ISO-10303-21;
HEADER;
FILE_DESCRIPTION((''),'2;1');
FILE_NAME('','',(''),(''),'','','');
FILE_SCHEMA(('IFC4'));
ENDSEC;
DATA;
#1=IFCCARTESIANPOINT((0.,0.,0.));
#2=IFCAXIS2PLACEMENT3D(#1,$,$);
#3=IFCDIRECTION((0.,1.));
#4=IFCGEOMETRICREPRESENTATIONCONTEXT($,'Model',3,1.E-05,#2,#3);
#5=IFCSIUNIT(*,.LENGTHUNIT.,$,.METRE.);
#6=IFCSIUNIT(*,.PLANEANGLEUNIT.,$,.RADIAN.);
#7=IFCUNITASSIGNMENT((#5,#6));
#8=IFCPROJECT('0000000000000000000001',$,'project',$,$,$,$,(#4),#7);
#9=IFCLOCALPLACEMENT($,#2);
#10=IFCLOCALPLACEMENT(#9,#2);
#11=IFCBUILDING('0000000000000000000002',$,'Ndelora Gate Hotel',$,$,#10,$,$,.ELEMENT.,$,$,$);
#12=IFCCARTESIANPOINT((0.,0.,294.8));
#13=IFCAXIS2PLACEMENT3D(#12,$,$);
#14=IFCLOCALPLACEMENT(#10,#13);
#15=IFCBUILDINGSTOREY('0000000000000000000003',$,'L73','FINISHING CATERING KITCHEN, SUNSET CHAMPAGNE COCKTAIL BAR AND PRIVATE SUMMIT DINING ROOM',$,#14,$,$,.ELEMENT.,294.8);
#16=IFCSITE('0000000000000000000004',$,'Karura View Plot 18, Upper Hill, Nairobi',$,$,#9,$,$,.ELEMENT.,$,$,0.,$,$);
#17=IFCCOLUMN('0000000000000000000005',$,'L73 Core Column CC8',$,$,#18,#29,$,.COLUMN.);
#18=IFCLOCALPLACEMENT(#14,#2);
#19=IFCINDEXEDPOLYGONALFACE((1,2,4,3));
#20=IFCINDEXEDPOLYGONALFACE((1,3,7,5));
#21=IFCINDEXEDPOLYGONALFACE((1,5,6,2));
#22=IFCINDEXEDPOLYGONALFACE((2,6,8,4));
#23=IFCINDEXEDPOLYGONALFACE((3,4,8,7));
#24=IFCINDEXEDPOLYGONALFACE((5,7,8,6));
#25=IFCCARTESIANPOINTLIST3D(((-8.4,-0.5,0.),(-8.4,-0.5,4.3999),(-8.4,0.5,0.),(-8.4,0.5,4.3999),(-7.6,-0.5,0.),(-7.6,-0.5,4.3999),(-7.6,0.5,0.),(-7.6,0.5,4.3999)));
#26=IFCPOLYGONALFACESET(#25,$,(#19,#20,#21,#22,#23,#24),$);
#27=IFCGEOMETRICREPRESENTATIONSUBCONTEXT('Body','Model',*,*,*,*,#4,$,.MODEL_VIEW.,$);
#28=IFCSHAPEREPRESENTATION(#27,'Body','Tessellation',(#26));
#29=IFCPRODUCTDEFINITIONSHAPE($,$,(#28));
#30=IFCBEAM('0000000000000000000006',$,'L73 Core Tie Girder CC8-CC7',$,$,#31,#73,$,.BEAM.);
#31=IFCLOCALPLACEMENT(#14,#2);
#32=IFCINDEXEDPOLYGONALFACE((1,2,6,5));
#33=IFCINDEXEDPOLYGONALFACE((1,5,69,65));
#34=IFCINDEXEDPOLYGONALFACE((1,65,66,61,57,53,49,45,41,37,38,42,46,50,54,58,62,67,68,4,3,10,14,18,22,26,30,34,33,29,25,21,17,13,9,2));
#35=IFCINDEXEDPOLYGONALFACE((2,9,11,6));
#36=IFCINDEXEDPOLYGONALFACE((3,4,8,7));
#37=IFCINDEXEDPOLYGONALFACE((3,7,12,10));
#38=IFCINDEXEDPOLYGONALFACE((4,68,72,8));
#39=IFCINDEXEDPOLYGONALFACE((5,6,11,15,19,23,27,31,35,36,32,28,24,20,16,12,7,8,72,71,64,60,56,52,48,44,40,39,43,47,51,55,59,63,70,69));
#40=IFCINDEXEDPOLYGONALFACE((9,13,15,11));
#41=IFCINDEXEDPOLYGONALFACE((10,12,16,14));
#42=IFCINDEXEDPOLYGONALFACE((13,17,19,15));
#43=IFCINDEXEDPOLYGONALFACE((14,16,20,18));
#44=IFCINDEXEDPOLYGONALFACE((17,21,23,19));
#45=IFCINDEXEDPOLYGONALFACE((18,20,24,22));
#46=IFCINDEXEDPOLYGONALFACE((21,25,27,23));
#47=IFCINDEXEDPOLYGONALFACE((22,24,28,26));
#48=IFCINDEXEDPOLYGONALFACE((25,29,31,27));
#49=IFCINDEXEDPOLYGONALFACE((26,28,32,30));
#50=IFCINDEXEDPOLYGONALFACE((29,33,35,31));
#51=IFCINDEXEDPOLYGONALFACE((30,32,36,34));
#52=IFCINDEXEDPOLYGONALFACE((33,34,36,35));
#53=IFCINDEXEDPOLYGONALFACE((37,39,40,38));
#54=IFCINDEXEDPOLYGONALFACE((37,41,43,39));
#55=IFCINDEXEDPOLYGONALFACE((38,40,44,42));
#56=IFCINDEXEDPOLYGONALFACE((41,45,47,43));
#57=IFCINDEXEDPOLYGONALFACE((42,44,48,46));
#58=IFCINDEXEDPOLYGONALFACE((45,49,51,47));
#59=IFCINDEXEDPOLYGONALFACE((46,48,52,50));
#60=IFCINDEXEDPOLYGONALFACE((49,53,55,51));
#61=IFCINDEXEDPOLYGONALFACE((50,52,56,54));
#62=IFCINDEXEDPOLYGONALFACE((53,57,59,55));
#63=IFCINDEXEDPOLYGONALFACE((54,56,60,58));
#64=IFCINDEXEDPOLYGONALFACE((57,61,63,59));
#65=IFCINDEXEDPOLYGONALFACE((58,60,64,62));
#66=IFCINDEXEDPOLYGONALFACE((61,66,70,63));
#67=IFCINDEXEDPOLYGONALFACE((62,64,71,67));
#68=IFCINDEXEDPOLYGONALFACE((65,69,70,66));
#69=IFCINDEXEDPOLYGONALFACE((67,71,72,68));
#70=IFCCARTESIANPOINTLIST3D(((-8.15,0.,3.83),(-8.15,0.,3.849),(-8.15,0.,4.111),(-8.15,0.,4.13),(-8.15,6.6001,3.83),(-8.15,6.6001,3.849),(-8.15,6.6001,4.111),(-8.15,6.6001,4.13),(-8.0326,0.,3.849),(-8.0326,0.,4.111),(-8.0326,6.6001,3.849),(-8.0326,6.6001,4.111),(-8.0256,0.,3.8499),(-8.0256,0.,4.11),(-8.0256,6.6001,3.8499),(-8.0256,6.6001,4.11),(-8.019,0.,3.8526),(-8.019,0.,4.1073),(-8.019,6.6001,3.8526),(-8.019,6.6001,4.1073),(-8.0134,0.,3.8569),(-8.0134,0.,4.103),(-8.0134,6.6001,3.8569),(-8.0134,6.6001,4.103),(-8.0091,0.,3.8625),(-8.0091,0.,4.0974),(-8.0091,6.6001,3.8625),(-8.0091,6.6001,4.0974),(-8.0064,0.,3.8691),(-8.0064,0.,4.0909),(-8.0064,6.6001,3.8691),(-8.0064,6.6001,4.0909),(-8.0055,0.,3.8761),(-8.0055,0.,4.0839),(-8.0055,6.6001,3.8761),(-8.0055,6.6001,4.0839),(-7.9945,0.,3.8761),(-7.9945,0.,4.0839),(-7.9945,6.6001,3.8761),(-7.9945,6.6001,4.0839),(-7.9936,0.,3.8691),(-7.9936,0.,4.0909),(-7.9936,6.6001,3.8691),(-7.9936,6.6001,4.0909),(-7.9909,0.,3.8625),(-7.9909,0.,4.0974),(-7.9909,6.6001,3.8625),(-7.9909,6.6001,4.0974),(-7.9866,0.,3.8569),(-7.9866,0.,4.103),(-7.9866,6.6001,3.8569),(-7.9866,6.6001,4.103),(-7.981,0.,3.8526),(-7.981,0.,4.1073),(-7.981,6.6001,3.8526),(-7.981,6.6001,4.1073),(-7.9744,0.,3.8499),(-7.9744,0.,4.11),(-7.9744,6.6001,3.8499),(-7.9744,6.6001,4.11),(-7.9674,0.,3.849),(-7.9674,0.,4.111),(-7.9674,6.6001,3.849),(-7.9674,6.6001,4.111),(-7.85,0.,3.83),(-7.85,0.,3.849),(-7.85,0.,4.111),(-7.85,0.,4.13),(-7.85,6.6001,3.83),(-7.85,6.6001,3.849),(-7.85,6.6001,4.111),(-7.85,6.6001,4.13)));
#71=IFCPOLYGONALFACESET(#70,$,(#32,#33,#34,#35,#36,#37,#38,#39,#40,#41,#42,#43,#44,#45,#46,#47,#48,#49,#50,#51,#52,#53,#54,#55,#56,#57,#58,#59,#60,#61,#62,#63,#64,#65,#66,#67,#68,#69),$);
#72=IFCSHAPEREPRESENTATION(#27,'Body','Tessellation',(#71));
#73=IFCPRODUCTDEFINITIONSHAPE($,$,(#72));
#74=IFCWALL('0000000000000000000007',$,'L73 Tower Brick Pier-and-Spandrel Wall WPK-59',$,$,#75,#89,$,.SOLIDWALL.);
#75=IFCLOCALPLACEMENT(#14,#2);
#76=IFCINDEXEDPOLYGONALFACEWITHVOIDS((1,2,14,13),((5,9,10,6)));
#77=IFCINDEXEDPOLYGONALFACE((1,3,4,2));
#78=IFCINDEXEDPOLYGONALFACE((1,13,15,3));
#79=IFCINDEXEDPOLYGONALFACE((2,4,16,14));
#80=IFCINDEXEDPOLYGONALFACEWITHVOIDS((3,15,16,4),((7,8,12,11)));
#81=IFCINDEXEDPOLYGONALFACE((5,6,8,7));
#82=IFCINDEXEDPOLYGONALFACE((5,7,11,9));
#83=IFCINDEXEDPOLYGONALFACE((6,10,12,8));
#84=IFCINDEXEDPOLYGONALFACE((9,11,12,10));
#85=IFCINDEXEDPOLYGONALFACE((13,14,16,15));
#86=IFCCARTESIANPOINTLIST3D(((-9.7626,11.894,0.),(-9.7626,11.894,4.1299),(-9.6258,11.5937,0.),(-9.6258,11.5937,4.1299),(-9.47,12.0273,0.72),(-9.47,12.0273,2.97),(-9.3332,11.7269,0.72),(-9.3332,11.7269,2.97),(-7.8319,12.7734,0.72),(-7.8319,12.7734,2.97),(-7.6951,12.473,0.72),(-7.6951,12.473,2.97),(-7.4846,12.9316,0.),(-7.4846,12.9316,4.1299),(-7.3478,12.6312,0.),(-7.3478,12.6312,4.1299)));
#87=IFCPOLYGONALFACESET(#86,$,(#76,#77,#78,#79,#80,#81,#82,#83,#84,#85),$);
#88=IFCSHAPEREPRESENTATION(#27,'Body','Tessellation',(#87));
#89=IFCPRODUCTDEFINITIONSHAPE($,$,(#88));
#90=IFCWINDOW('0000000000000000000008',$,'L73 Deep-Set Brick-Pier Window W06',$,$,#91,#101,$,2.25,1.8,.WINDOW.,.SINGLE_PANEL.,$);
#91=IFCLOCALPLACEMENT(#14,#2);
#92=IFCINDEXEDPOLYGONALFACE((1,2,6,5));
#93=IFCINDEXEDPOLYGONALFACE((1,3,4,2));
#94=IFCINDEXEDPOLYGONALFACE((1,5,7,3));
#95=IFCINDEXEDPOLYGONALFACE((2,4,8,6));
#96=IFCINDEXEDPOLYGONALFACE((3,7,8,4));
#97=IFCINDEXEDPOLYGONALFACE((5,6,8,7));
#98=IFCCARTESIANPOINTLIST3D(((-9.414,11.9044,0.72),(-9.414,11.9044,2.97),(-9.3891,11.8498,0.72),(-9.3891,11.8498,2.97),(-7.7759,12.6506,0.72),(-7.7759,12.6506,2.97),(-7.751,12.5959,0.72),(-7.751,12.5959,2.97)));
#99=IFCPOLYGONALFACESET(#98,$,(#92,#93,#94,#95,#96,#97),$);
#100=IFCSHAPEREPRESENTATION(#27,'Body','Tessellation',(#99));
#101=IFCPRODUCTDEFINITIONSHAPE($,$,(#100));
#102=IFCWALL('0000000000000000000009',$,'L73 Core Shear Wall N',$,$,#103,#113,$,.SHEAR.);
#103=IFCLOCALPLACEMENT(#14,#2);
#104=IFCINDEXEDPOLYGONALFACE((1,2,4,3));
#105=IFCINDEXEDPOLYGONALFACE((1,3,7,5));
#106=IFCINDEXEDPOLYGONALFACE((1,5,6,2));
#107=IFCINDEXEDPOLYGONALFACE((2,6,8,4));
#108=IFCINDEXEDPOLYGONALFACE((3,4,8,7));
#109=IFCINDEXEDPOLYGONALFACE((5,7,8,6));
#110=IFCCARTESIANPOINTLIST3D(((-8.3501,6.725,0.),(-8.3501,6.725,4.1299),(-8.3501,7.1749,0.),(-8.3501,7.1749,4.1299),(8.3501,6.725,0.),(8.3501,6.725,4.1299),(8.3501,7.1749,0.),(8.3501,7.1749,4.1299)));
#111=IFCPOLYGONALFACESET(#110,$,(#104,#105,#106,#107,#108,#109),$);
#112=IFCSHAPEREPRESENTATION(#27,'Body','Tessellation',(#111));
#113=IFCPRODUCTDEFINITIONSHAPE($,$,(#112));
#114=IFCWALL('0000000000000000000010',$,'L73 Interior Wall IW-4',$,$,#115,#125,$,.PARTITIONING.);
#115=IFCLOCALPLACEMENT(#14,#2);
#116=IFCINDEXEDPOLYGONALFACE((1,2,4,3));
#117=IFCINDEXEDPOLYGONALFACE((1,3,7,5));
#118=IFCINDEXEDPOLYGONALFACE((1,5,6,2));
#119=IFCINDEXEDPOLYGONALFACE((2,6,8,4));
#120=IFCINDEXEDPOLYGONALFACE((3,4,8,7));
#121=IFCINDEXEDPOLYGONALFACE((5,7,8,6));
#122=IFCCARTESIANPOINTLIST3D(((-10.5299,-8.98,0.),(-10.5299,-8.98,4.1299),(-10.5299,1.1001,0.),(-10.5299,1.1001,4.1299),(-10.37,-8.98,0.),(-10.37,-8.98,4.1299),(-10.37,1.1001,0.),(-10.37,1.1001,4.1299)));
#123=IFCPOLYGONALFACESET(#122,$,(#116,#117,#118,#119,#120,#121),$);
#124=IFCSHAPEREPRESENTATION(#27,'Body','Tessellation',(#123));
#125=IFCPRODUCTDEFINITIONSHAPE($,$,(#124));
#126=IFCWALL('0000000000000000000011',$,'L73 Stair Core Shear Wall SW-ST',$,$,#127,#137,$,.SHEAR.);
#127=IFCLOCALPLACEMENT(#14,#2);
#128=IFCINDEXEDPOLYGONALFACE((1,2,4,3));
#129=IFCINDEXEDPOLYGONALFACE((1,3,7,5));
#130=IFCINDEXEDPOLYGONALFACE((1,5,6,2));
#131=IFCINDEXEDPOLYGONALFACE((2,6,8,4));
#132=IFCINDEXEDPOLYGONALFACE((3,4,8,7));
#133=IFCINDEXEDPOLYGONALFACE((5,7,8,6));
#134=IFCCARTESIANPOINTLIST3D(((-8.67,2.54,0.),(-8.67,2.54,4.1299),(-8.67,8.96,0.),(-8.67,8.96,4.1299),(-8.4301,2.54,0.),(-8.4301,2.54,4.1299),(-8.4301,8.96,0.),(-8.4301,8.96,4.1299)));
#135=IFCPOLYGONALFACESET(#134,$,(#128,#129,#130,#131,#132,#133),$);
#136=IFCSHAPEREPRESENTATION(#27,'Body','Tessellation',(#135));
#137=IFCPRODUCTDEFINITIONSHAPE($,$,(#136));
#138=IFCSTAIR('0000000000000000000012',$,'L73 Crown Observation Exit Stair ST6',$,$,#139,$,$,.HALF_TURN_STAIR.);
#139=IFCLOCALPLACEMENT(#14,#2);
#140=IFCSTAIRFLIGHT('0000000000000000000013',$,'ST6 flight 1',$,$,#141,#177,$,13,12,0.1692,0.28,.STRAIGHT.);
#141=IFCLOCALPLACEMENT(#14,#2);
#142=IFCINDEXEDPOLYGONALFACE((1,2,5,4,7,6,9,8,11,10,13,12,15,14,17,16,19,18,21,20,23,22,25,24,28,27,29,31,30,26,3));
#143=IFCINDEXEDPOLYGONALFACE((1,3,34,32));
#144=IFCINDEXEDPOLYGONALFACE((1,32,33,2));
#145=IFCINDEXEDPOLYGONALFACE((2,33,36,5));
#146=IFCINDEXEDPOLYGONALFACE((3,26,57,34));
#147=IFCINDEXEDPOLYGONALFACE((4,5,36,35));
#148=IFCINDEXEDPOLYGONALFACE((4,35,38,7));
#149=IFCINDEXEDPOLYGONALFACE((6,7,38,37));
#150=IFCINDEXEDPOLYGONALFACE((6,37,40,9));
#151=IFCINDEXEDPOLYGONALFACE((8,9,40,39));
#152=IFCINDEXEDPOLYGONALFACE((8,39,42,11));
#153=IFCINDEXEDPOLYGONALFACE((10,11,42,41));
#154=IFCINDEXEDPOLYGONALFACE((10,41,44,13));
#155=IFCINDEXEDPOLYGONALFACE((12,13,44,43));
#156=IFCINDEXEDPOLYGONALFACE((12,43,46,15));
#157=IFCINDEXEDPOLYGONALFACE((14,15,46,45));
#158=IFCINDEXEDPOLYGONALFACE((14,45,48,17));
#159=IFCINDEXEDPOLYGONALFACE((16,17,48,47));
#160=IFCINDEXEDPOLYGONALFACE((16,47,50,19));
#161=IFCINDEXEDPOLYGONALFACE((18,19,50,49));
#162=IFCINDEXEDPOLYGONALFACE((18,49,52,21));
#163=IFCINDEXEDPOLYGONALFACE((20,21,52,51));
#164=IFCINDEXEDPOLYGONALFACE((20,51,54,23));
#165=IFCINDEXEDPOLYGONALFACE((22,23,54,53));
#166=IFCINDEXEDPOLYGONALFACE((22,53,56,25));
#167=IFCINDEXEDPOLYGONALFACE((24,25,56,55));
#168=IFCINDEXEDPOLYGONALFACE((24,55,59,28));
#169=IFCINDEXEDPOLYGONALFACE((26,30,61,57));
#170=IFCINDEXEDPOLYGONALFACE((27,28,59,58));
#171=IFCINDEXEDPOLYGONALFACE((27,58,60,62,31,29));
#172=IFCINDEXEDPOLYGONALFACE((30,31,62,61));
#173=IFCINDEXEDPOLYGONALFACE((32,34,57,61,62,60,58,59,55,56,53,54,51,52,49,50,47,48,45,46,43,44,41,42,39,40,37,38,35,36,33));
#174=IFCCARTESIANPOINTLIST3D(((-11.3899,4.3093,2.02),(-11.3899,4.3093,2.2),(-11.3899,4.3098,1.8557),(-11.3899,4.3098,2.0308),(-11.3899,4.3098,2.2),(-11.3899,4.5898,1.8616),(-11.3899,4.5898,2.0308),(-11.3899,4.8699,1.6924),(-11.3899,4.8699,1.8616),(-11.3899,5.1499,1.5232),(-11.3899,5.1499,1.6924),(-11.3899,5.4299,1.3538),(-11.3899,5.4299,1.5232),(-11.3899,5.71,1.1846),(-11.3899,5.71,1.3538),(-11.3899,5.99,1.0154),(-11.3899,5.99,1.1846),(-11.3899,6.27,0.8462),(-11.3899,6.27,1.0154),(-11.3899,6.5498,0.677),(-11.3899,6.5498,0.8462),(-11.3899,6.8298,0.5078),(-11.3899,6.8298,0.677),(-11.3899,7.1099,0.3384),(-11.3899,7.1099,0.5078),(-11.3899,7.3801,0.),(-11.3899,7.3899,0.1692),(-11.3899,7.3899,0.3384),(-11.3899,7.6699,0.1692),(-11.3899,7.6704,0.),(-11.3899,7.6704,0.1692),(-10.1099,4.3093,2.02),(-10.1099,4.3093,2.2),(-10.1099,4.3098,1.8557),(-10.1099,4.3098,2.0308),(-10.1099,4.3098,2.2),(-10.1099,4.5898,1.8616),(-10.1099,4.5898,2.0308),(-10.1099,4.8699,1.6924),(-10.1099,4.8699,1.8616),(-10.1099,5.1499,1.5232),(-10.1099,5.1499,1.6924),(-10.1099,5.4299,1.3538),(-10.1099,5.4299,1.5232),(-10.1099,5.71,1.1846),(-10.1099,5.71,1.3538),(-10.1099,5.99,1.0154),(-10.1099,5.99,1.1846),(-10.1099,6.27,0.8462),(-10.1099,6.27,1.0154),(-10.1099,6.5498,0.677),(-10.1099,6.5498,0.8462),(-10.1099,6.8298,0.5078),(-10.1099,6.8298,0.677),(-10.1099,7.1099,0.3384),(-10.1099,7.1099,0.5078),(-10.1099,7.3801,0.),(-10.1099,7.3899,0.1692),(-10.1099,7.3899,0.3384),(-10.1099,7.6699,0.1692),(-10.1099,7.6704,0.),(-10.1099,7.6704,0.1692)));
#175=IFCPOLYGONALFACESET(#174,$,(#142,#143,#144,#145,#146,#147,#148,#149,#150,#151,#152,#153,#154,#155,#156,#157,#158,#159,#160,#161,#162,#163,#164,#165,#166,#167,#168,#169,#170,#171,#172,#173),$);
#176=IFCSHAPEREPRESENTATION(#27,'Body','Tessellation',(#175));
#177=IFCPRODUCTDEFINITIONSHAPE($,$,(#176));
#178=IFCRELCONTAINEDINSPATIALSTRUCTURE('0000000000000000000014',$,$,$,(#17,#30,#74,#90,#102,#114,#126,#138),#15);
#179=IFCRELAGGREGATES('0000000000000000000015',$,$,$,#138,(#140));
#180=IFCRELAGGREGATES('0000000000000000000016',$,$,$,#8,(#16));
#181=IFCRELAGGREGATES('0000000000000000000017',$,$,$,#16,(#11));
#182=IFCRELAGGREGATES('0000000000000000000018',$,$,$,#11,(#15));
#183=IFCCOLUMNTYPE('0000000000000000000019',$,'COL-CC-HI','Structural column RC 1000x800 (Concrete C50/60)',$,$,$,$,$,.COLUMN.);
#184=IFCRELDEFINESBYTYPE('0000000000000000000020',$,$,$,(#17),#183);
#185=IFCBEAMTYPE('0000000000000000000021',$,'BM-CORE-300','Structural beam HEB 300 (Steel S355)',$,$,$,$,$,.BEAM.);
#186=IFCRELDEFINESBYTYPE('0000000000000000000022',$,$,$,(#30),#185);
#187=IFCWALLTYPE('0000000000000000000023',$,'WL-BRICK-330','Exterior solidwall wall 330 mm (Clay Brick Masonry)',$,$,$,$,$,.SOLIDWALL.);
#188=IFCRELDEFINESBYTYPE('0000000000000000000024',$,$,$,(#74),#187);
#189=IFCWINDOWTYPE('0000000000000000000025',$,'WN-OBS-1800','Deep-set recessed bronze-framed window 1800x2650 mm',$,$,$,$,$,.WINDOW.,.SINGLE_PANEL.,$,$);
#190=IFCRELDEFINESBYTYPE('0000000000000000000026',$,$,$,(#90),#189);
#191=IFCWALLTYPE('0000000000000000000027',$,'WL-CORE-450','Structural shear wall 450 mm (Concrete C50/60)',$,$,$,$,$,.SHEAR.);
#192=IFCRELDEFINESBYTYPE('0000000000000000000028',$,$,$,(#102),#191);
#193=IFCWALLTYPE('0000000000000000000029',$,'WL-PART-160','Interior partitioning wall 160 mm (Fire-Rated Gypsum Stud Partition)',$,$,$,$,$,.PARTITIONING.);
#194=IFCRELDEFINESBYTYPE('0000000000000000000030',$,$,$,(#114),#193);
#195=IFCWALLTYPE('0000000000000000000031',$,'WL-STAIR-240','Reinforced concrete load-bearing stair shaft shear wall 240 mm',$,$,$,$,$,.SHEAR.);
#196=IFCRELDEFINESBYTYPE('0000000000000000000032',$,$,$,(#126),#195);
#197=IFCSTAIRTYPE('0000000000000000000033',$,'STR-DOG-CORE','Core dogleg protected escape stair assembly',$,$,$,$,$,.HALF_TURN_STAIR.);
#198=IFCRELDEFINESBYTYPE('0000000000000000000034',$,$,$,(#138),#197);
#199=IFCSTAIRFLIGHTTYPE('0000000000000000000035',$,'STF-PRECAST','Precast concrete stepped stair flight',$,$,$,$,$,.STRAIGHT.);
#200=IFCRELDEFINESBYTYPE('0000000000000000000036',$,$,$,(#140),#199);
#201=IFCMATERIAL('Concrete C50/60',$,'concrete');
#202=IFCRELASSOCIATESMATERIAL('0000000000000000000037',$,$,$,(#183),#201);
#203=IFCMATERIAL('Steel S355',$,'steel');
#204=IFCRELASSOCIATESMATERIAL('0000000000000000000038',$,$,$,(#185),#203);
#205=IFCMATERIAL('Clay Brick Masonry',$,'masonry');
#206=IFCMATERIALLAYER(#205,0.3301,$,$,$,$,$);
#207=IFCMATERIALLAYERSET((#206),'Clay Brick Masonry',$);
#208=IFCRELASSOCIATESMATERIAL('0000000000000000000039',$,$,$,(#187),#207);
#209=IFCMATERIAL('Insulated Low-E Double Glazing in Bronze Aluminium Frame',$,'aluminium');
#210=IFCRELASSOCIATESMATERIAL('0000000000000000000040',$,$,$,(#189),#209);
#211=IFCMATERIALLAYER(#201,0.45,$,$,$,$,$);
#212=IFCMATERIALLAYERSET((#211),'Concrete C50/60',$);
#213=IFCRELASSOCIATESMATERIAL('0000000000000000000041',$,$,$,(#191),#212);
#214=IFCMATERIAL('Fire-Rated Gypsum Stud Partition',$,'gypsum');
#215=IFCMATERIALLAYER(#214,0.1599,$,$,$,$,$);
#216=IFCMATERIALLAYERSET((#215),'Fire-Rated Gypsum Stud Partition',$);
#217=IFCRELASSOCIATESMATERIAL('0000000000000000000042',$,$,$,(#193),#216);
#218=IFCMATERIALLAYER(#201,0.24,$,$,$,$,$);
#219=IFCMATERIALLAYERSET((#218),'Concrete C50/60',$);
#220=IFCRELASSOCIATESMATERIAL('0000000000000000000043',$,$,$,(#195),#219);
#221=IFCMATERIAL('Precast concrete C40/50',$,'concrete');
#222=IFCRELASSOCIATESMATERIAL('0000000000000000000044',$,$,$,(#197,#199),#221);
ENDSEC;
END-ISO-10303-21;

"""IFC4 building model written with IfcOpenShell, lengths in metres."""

from ifc_helpers import new_model, si_unit, direction, frame, frame_2d, origin, origin_2d, place, context, subcontext, project, spatial, polyline, rectangle, i_section, outline, extrude, material, layer, layer_set, material_profile, profile_set, type_object, element, fill, aggregate, save


model = new_model("IFC4")

# Units and contexts
model_context = context("Model", 3, precision=1e-05, world=origin(), true_north=direction((0.0, 1.0)))
body_context = subcontext(model_context, "Body", "Model", "MODEL_VIEW")
ifc_project = project(units=[si_unit("LENGTHUNIT", "METRE"), si_unit("PLANEANGLEUNIT", "RADIAN")], contexts=[model_context])

# Site, building, storey
site_placement = place(None, origin())
site = spatial("IfcSite", under=ifc_project, at=site_placement, Name="Karura View Plot 18, Upper Hill, Nairobi", CompositionType="ELEMENT", RefElevation=0.0)
building_placement = place(site_placement, origin())
building = spatial("IfcBuilding", under=site, at=building_placement, Name="Ndelora Gate Hotel", CompositionType="ELEMENT")
storey_placement = place(building_placement, frame((0.0, 0.0, 294.8)))
storey = spatial("IfcBuildingStorey", under=building, at=storey_placement, Name="L73", Description="FINISHING CATERING KITCHEN, SUNSET CHAMPAGNE COCKTAIL BAR AND PRIVATE SUMMIT DINING ROOM", CompositionType="ELEMENT", Elevation=294.8)

# Column
ifc_material_1 = material(Name="Concrete C50/60", Category="concrete")
ifc_material_profile_1 = material_profile(ifc_material_1, rectangle(XDim=0.8, YDim=1.0, at=origin_2d()), Name="RC 1000x800")
ifc_profile_set_1 = profile_set([ifc_material_profile_1], Name="Concrete C50/60")
column_type = type_object("IfcColumnType", Name="COL-CC-HI", Description="Structural column RC 1000x800 (Concrete C50/60)", PredefinedType="COLUMN", material=ifc_profile_set_1)
column_placement = place(storey_placement, frame((-8.0, 0.0, 0.0), z_axis=(0.0, 0.0, 1.0), x_axis=(1.0, 0.0, 0.0)))
element("IfcColumn", 1, at=column_placement, inside=storey, type_object=column_type, Name="L73 Core Column CC8", PredefinedType="COLUMN", context=body_context, shape_type="SweptSolid", body=[
    extrude(rectangle(XDim=0.8, YDim=1.0, at=origin_2d()), origin(), (0.0, 0.0, 1.0), 4.3999),
])

# Beam
ifc_material_2 = material(Name="Steel S355", Category="steel")
ifc_material_profile_2 = material_profile(ifc_material_2, i_section(OverallWidth=0.3, OverallDepth=0.3, WebThickness=0.011, FlangeThickness=0.019, FilletRadius=0.0271, at=origin_2d()), Name="HEB 300")
ifc_profile_set_2 = profile_set([ifc_material_profile_2], Name="Steel S355")
beam_type = type_object("IfcBeamType", Name="BM-CORE-300", Description="Structural beam HEB 300 (Steel S355)", PredefinedType="BEAM", material=ifc_profile_set_2)
beam_placement = place(storey_placement, frame((-8.0, 0.0, 3.98), z_axis=(0.0, 1.0, 0.0), x_axis=(-1.0, 0.0, 0.0)))
element("IfcBeam", 2, at=beam_placement, inside=storey, type_object=beam_type, Name="L73 Core Tie Girder CC8-CC7", PredefinedType="BEAM", context=body_context, shape_type="SweptSolid", body=[
    extrude(i_section(OverallWidth=0.3, OverallDepth=0.3, WebThickness=0.011, FlangeThickness=0.019, FilletRadius=0.0271, at=origin_2d()), origin(), (0.0, 0.0, 1.0), 6.6001),
])

# Wall, opening, window
ifc_material_3 = material(Name="Clay Brick Masonry", Category="masonry")
ifc_layer_1 = layer(ifc_material_3, 0.3301)
ifc_layer_set_1 = layer_set([ifc_layer_1], Name="Clay Brick Masonry")
wall_type_1 = type_object("IfcWallType", Name="WL-BRICK-330", Description="Exterior solidwall wall 330 mm (Clay Brick Masonry)", PredefinedType="SOLIDWALL", material=ifc_layer_set_1)
wall_1_placement = place(storey_placement, frame((-9.6941, 11.7439, 0.0), z_axis=(0.0, 0.0, 1.0), x_axis=(0.910049, 0.414501, 0.0)))
wall_1 = element("IfcWall", 3, at=wall_1_placement, inside=storey, type_object=wall_type_1, Name="L73 Tower Brick Pier-and-Spandrel Wall WPK-59", PredefinedType="SOLIDWALL", context=body_context, shape_type="SweptSolid", body=[
    extrude(rectangle(XDim=2.5032, YDim=0.3301, at=frame_2d((1.2515, 0.0))), origin(), (0.0, 0.0, 1.0), 4.1299),
])
opening_1_placement = place(wall_1_placement, frame((0.3215, 0.0, 0.72)))
opening_1 = element("IfcOpeningElement", 4, at=opening_1_placement, cuts=wall_1, PredefinedType="OPENING", context=body_context, shape_type="SweptSolid", body=[
    extrude(rectangle(XDim=1.8, YDim=2.25, at=frame_2d((0.8999, 1.125))), frame((0.0, 0.175, 0.0), z_axis=(0.0, -1.0, 0.0), x_axis=(1.0, 0.0, 0.0)), (0.0, 0.0, 1.0), 0.3501),
])
ifc_material_4 = material(Name="Insulated Low-E Double Glazing in Bronze Aluminium Frame", Category="aluminium")
window_type = type_object("IfcWindowType", Name="WN-OBS-1800", Description="Deep-set recessed bronze-framed window 1800x2650 mm", PartitioningType="SINGLE_PANEL", PredefinedType="WINDOW", material=ifc_material_4)
window_placement = place(opening_1_placement, origin())
window = element("IfcWindow", 5, at=window_placement, inside=storey, type_object=window_type, Name="L73 Deep-Set Brick-Pier Window W06", OverallHeight=2.25, OverallWidth=1.8, PartitioningType="SINGLE_PANEL", PredefinedType="WINDOW", context=body_context, shape_type="SweptSolid", body=[
    extrude(rectangle(XDim=1.8, YDim=2.25, at=frame_2d((0.8999, 1.125))), frame((0.0, 0.03, 0.0), z_axis=(0.0, -1.0, 0.0), x_axis=(1.0, 0.0, 0.0)), (0.0, 0.0, 1.0), 0.0601),
])
fill(opening_1, window)

# Wall
ifc_layer_2 = layer(ifc_material_1, 0.45)
ifc_layer_set_2 = layer_set([ifc_layer_2], Name="Concrete C50/60")
wall_type_2 = type_object("IfcWallType", Name="WL-CORE-450", Description="Structural shear wall 450 mm (Concrete C50/60)", PredefinedType="SHEAR", material=ifc_layer_set_2)
wall_2_placement = place(storey_placement, frame((-8.3501, 6.95, 0.0), z_axis=(0.0, 0.0, 1.0), x_axis=(1.0, 0.0, 0.0)))
element("IfcWall", 6, at=wall_2_placement, inside=storey, type_object=wall_type_2, Name="L73 Core Shear Wall N", PredefinedType="SHEAR", context=body_context, shape_type="SweptSolid", body=[
    extrude(rectangle(XDim=16.7002, YDim=0.45, at=frame_2d((8.3501, 0.0))), origin(), (0.0, 0.0, 1.0), 4.1299),
])

# Walls
ifc_material_5 = material(Name="Fire-Rated Gypsum Stud Partition", Category="gypsum")
ifc_layer_3 = layer(ifc_material_5, 0.1599)
ifc_layer_set_3 = layer_set([ifc_layer_3], Name="Fire-Rated Gypsum Stud Partition")
wall_type_3 = type_object("IfcWallType", Name="WL-PART-160", Description="Interior partitioning wall 160 mm (Fire-Rated Gypsum Stud Partition)", PredefinedType="PARTITIONING", material=ifc_layer_set_3)
wall_3_placement = place(storey_placement, frame((-10.45, 1.1001, 0.0), z_axis=(0.0, 0.0, 1.0), x_axis=(0.0, -1.0, 0.0)))
element("IfcWall", 7, at=wall_3_placement, inside=storey, type_object=wall_type_3, Name="L73 Interior Wall IW-4", PredefinedType="PARTITIONING", context=body_context, shape_type="SweptSolid", body=[
    extrude(rectangle(XDim=10.0801, YDim=0.1599, at=frame_2d((5.04, 0.0))), origin(), (0.0, 0.0, 1.0), 4.1299),
])
ifc_layer_4 = layer(ifc_material_1, 0.24)
ifc_layer_set_4 = layer_set([ifc_layer_4], Name="Concrete C50/60")
wall_type_4 = type_object("IfcWallType", Name="WL-STAIR-240", Description="Reinforced concrete load-bearing stair shaft shear wall 240 mm", PredefinedType="SHEAR", material=ifc_layer_set_4)
wall_4_placement = place(storey_placement, frame((-8.55, 2.54, 0.0), z_axis=(0.0, 0.0, 1.0), x_axis=(0.0, 1.0, 0.0)))
element("IfcWall", 8, at=wall_4_placement, inside=storey, type_object=wall_type_4, Name="L73 Stair Core Shear Wall SW-ST", PredefinedType="SHEAR", context=body_context, shape_type="SweptSolid", body=[
    extrude(rectangle(XDim=6.4199, YDim=0.24, at=frame_2d((3.21, 0.0))), origin(), (0.0, 0.0, 1.0), 4.1299),
])

# Stair, stair flight
ifc_material_6 = material(Name="Precast concrete C40/50", Category="concrete")
stair_type = type_object("IfcStairType", Name="STR-DOG-CORE", Description="Core dogleg protected escape stair assembly", PredefinedType="HALF_TURN_STAIR", material=ifc_material_6)
stair_placement = place(storey_placement, origin())
stair = element("IfcStair", 9, at=stair_placement, inside=storey, type_object=stair_type, Name="L73 Crown Observation Exit Stair ST6", PredefinedType="HALF_TURN_STAIR")
stair_flight_type = type_object("IfcStairFlightType", Name="STF-PRECAST", Description="Precast concrete stepped stair flight", PredefinedType="STRAIGHT", material=ifc_material_6)
stair_flight_1_placement = place(storey_placement, frame((-10.75, 7.6699, 0.0), z_axis=(0.0, 0.0, 1.0), x_axis=(0.0, -1.0, 0.0)))
stair_flight_1 = element("IfcStairFlight", 10, at=stair_flight_1_placement, type_object=stair_flight_type, Name="ST6 flight 1", NumberOfRisers=13, NumberOfTreads=12, PredefinedType="STRAIGHT", RiserHeight=0.1692, TreadLength=0.28, context=body_context, shape_type="SweptSolid", body=[
    extrude(outline(polyline([(-0.0005, 0.0), (-0.0005, 0.1692), (0.0, 0.1692), (0.28, 0.1692), (0.28, 0.3384), (0.5601, 0.3384), (0.5601, 0.5078), (0.8401, 0.5078), (0.8401, 0.677), (1.1201, 0.677), (1.1201, 0.8462), (1.3999, 0.8462), (1.3999, 1.0154), (1.6799, 1.0154), (1.6799, 1.1846), (1.96, 1.1846), (1.96, 1.3538), (2.24, 1.3538), (2.24, 1.5232), (2.52, 1.5232), (2.52, 1.6924), (2.8, 1.6924), (2.8, 1.8616), (3.0801, 1.8616), (3.0801, 2.0308), (3.3601, 2.0308), (3.3601, 2.2), (3.3606, 2.2), (3.3606, 2.02), (3.3601, 1.8557), (0.2898, 0.0), (-0.0005, 0.0)])), frame((0.0, 0.6401, 0.0), z_axis=(0.0, -1.0, 0.0), x_axis=(1.0, 0.0, 0.0)), (0.0, 0.0, 1.0), 1.28),
])
aggregate(stair, [stair_flight_1])

save(model, "model.ifc")
